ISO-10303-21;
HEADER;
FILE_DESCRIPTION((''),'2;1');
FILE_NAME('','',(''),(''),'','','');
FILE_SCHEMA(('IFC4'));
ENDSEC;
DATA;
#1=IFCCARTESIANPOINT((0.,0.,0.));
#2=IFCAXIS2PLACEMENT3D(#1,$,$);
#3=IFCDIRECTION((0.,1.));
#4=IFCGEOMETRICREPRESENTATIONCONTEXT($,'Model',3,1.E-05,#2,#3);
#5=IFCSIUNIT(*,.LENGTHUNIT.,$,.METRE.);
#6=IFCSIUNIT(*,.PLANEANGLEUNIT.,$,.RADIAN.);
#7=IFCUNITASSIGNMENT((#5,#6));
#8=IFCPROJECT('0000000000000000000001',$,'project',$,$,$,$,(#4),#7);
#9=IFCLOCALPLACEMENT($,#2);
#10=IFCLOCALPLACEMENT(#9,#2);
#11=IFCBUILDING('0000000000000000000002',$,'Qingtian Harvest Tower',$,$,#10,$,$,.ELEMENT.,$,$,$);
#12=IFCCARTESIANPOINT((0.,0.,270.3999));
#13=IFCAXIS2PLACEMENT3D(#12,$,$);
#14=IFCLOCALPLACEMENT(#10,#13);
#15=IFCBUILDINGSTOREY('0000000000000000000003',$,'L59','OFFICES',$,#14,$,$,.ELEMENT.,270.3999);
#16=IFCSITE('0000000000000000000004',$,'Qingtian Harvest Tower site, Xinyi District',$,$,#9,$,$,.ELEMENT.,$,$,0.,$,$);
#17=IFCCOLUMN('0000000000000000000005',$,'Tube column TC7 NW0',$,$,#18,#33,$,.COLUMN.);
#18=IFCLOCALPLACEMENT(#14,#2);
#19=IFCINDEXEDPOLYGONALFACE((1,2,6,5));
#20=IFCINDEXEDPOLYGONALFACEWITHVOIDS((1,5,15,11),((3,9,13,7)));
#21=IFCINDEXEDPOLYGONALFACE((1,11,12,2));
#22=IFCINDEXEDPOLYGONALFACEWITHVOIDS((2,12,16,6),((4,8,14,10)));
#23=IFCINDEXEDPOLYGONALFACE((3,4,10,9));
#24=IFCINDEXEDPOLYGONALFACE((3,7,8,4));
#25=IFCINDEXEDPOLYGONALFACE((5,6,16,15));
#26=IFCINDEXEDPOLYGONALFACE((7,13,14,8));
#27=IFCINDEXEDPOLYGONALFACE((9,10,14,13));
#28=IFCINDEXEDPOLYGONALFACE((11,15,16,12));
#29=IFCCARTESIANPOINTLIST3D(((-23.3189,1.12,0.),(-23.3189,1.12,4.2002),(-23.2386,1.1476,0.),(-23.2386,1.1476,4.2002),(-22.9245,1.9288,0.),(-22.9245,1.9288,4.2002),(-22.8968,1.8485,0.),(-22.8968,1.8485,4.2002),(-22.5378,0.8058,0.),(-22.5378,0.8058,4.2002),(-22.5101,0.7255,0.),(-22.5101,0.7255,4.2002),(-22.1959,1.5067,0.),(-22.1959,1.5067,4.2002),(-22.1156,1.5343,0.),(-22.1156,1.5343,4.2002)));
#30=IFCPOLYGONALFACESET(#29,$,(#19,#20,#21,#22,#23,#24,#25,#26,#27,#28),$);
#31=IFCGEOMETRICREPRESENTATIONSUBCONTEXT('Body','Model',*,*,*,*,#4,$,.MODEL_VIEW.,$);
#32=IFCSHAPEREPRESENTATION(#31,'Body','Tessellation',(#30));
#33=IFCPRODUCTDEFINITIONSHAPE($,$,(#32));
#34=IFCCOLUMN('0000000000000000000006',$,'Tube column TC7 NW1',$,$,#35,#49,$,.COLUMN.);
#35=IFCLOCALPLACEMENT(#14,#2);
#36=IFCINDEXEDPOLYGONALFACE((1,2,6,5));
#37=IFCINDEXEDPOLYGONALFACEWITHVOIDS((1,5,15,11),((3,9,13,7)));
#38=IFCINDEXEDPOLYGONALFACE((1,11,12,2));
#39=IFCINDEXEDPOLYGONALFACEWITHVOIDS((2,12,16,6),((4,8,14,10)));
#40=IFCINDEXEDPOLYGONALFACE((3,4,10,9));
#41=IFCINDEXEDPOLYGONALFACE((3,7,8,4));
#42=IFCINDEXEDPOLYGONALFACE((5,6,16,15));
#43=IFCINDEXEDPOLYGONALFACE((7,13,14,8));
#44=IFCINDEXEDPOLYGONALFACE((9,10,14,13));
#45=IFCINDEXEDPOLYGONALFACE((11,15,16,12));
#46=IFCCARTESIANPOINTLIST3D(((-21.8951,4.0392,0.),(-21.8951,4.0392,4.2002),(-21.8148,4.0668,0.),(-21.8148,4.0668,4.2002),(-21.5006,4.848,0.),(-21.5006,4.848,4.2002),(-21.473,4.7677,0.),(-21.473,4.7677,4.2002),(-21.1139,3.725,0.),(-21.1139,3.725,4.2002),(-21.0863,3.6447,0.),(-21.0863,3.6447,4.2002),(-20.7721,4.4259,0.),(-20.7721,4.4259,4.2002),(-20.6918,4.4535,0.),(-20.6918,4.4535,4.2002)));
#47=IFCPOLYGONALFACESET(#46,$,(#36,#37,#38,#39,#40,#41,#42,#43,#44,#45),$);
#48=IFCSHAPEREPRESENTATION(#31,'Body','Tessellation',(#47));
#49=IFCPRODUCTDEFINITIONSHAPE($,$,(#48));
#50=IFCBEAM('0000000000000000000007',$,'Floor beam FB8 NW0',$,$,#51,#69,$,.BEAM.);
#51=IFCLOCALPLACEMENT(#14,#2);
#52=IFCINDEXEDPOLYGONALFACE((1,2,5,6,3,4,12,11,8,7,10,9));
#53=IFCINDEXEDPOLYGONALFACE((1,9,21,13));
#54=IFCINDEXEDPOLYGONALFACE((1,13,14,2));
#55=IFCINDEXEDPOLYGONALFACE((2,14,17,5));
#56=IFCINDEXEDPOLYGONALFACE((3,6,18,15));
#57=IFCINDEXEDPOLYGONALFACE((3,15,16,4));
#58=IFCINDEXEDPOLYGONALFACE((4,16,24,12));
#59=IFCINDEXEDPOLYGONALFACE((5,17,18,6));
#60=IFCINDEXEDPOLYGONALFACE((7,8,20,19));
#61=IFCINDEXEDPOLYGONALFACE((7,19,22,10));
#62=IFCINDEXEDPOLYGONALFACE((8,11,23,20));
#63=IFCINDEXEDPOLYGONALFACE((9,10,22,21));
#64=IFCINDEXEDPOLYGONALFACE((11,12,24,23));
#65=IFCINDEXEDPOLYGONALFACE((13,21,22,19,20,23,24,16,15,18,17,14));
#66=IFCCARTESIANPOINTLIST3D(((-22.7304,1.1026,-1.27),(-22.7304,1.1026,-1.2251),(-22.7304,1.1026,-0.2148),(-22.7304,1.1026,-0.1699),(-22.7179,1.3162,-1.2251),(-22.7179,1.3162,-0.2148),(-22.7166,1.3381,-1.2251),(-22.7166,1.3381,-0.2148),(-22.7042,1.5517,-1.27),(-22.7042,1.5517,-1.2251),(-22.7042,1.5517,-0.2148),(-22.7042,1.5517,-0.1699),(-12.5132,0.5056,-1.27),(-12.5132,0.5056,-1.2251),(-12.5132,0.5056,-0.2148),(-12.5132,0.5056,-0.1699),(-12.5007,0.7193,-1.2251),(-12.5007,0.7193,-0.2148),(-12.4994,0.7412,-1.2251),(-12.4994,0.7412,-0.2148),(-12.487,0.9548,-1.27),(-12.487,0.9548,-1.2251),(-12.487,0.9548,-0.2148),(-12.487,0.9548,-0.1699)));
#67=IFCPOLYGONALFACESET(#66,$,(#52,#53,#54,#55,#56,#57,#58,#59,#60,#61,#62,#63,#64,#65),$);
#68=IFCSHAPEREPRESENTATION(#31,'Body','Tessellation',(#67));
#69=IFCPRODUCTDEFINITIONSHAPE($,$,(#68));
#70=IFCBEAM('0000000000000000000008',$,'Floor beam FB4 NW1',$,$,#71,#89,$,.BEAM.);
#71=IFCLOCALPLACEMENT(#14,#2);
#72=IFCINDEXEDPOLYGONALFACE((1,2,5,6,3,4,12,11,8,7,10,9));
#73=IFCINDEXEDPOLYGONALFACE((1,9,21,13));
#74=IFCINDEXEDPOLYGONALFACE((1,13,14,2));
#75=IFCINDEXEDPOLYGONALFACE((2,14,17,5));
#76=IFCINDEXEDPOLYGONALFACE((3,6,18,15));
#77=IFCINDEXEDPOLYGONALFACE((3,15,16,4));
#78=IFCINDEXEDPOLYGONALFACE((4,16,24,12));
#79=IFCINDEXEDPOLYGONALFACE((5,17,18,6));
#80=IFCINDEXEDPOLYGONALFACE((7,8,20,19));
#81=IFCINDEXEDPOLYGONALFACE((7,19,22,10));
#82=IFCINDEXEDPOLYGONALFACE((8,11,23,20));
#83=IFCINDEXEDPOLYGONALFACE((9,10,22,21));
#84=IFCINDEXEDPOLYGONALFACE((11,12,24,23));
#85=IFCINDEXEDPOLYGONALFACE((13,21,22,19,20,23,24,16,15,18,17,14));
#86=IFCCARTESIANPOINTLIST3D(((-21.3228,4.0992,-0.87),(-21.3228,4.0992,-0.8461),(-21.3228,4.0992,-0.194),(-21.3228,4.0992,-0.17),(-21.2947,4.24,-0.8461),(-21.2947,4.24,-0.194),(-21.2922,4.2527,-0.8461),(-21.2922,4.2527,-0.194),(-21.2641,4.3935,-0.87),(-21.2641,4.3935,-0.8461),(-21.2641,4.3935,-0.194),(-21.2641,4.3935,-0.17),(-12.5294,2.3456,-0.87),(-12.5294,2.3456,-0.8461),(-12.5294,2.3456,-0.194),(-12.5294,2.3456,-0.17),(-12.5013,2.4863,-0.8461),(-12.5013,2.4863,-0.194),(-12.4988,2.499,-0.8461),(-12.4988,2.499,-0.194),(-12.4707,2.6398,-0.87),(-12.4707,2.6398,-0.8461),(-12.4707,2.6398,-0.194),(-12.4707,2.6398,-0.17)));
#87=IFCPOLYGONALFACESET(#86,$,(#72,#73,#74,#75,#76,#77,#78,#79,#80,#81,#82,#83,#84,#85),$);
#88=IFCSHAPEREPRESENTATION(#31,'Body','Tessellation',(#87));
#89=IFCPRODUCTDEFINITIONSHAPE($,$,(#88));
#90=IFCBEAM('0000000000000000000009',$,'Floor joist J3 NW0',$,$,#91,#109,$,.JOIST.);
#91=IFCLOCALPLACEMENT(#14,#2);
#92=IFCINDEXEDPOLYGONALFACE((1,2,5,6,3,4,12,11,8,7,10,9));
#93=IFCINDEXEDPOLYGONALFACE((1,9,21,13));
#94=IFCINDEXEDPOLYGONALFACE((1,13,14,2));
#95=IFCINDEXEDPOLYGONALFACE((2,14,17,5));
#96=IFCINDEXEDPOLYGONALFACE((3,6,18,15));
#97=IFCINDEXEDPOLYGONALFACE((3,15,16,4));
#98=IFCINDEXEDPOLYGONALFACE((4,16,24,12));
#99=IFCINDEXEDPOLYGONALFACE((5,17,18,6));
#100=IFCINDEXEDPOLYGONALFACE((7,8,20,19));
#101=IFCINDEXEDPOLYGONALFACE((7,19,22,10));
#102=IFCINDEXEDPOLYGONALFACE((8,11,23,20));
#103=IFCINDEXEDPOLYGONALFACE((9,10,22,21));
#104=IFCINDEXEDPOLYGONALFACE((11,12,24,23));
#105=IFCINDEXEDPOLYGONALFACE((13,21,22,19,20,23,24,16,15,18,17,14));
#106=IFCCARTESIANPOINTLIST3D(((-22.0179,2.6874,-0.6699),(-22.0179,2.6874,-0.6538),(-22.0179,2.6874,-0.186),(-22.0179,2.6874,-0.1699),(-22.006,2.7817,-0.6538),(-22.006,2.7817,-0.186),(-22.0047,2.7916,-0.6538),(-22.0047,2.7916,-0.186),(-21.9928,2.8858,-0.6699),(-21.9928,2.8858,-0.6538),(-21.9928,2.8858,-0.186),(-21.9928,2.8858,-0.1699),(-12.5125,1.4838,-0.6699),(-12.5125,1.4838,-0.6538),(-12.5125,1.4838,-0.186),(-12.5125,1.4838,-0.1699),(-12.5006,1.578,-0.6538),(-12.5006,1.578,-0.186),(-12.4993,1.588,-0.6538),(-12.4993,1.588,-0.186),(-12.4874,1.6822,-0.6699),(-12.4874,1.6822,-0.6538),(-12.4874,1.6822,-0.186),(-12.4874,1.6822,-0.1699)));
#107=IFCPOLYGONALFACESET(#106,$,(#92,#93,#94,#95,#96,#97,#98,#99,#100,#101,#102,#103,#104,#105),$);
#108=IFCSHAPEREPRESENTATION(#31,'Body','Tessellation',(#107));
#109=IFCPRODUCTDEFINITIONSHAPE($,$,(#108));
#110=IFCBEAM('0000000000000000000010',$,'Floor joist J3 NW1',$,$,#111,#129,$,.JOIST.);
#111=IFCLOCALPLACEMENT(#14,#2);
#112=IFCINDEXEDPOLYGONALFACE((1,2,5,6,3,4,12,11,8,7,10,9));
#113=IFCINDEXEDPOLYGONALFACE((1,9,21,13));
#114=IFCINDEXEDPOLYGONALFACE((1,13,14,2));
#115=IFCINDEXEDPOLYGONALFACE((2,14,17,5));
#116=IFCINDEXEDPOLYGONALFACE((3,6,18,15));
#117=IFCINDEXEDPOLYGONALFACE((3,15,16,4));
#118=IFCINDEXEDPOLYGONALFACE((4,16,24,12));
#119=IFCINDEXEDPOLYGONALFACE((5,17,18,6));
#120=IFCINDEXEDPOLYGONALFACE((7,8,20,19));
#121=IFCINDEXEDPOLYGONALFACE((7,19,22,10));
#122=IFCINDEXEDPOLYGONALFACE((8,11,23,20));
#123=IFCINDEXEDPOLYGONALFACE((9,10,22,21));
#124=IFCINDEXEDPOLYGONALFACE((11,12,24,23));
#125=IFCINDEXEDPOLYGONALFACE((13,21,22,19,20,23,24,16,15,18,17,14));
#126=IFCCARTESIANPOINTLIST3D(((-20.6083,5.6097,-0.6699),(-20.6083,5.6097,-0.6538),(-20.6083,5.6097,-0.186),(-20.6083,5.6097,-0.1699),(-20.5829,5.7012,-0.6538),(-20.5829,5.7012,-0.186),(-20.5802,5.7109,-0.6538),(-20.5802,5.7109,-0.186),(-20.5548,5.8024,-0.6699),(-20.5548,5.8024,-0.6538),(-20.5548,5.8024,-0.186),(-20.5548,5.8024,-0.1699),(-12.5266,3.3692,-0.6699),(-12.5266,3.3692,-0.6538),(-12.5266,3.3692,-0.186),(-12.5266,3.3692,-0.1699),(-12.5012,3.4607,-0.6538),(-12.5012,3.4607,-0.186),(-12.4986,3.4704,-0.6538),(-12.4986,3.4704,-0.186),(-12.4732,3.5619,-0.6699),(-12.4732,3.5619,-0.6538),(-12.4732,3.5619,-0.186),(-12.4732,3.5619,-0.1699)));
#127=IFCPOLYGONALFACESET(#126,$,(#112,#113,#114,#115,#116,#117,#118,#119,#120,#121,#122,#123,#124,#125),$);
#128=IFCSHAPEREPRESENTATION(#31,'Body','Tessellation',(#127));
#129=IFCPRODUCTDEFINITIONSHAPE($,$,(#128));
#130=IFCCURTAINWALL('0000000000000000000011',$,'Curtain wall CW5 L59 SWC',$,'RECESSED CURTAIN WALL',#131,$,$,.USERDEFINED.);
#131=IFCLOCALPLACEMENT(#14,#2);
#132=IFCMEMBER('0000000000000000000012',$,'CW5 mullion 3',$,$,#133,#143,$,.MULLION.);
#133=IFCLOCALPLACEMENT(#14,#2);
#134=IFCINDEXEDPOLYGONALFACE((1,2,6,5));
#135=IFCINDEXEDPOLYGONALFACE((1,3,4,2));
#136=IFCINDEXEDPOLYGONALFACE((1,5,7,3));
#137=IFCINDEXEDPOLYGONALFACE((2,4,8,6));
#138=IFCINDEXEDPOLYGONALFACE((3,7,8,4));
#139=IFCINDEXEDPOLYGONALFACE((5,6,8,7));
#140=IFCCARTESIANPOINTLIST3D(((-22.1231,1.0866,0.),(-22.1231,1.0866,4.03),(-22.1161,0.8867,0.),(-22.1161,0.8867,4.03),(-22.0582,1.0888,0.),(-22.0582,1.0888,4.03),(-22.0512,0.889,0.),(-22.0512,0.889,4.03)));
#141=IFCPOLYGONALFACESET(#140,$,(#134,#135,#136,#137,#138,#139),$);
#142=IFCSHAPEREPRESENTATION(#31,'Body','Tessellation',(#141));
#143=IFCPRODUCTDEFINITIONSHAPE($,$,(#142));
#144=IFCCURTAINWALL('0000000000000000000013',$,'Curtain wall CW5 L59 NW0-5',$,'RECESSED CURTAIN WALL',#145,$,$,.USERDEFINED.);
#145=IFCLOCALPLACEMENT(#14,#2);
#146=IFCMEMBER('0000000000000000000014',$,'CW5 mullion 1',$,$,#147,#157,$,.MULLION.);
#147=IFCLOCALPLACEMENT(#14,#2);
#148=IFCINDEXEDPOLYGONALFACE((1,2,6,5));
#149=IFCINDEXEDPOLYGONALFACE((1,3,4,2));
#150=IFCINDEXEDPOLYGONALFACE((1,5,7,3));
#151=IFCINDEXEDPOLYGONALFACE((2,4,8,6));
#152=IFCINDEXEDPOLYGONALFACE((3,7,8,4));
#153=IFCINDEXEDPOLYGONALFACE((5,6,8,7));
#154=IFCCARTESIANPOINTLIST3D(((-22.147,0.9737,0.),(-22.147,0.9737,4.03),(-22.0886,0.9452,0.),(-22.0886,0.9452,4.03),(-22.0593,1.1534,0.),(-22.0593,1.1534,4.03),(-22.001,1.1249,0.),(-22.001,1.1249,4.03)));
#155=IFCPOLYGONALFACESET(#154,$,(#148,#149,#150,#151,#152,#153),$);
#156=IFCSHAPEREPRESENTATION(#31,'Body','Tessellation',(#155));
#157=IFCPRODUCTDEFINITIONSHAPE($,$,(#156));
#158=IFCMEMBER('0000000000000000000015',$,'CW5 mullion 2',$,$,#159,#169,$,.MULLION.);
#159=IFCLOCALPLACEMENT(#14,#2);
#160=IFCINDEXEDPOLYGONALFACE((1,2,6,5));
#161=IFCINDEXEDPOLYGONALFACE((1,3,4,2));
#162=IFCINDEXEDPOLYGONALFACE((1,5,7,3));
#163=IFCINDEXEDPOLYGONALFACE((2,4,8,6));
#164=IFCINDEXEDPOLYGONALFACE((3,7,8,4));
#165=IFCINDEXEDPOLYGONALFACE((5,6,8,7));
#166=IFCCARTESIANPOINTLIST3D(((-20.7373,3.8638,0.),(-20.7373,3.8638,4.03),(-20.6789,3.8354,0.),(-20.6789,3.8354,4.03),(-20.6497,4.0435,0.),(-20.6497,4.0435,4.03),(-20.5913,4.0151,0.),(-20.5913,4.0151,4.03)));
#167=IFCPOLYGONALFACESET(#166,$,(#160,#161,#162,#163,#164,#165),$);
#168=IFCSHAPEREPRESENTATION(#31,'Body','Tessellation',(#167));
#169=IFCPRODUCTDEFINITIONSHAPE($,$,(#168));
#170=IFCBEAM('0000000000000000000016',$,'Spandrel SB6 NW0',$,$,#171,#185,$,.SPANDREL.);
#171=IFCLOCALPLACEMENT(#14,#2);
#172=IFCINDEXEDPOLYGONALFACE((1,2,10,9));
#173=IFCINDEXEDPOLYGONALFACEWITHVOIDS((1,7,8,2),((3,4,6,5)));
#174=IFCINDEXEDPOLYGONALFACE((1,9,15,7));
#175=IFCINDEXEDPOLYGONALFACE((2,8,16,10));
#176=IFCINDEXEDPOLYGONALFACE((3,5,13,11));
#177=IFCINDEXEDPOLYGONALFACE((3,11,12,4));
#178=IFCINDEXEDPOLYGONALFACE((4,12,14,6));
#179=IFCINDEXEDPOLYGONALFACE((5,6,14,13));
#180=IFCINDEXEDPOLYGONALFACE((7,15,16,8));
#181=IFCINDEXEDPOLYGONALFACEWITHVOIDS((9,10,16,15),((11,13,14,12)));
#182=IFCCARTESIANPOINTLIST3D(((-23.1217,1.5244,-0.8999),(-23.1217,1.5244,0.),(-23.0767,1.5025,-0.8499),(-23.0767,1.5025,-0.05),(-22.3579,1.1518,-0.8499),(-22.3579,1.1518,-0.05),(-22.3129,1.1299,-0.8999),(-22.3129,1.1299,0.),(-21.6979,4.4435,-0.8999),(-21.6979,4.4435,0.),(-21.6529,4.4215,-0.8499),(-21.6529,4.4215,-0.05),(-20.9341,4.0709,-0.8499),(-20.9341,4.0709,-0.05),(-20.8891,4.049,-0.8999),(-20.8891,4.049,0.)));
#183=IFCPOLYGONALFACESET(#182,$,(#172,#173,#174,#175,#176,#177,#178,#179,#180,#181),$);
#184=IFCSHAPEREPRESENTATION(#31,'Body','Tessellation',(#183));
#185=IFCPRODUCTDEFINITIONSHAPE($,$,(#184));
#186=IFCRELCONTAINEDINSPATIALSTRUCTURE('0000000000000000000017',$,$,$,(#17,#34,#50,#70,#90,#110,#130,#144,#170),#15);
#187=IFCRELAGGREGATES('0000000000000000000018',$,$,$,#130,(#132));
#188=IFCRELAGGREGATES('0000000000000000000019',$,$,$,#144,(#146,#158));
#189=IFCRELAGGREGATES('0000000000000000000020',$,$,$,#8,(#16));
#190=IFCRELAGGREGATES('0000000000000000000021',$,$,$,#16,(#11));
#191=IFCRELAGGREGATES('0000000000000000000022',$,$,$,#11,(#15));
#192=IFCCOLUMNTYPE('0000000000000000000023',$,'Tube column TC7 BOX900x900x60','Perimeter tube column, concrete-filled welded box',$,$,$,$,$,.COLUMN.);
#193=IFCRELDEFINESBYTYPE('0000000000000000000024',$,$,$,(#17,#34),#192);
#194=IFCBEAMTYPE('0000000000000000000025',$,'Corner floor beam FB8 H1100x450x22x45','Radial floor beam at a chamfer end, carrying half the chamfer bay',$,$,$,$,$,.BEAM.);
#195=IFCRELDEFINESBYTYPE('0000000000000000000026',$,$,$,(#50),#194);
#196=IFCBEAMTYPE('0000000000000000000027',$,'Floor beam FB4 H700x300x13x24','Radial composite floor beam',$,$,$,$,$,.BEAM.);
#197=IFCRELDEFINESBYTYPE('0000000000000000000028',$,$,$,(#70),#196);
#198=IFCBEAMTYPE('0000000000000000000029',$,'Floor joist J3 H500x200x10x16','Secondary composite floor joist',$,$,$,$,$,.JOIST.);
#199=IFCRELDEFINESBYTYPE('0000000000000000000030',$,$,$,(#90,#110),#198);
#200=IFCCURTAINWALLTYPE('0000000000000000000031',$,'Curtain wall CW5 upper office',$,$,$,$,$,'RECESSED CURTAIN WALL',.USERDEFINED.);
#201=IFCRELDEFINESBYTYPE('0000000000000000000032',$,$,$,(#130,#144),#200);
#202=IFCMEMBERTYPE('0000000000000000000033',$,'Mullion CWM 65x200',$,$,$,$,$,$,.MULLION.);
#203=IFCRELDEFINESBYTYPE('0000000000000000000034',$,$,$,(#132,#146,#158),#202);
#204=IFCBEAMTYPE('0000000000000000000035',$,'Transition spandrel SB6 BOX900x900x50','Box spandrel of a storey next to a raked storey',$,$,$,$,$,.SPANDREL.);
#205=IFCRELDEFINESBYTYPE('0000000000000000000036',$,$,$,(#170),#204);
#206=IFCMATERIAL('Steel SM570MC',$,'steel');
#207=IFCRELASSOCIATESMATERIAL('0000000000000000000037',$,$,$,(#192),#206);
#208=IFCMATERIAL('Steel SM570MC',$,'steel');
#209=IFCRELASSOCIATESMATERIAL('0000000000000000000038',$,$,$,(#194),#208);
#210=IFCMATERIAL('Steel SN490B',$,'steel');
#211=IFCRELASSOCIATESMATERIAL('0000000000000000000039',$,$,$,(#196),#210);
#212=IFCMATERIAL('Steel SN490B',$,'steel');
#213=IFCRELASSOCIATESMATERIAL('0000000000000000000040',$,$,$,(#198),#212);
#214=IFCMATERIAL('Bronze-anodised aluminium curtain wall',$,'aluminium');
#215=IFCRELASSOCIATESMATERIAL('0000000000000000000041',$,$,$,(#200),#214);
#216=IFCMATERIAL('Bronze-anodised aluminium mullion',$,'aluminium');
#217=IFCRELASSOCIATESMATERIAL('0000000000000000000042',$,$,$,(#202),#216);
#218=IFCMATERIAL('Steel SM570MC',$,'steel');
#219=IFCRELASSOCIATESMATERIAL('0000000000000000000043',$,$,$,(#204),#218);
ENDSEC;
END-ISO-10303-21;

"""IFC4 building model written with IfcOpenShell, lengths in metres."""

from ifc_helpers import new_model, si_unit, direction, frame, origin, origin_2d, place, context, subcontext, project, spatial, rectangle, hollow_rectangle, i_section, extrude, material, material_profile, profile_set, type_object, element, aggregate, save


model = new_model("IFC4")

# Units and contexts
model_context = context("Model", 3, precision=1e-05, world=origin(), true_north=direction((0.0, 1.0)))
body_context = subcontext(model_context, "Body", "Model", "MODEL_VIEW")
ifc_project = project(units=[si_unit("LENGTHUNIT", "METRE"), si_unit("PLANEANGLEUNIT", "RADIAN")], contexts=[model_context])

# Site, building, storey
site_placement = place(None, origin())
site = spatial("IfcSite", under=ifc_project, at=site_placement, Name="Qingtian Harvest Tower site, Xinyi District", CompositionType="ELEMENT", RefElevation=0.0)
building_placement = place(site_placement, origin())
building = spatial("IfcBuilding", under=site, at=building_placement, Name="Qingtian Harvest Tower", CompositionType="ELEMENT")
storey_placement = place(building_placement, frame((0.0, 0.0, 270.3999)))
storey = spatial("IfcBuildingStorey", under=building, at=storey_placement, Name="L59", Description="OFFICES", CompositionType="ELEMENT", Elevation=270.3999)

# Columns
ifc_material_1 = material(Name="Steel SM570MC", Category="steel")
ifc_material_profile_1 = material_profile(ifc_material_1, hollow_rectangle(XDim=0.8999, YDim=0.8999, WallThickness=0.0601, at=origin_2d()), Name="BOX900x900x60")
ifc_profile_set_1 = profile_set([ifc_material_profile_1], Name="Steel SM570MC")
column_type = type_object("IfcColumnType", Name="Tube column TC7 BOX900x900x60", Description="Perimeter tube column, concrete-filled welded box", PredefinedType="COLUMN", material=ifc_profile_set_1)
for number, where, z_axis, x_axis, name in (
    (1, (-22.7173, 1.3271, 0.0), (0.0, 0.0, 1.0), (-0.438371, -0.898794, 0.0), "Tube column TC7 NW0"),
    (2, (-21.2935, 4.2463, 0.0), (0.0, 0.0, 1.0), (-0.438371, -0.898794, 0.0), "Tube column TC7 NW1"),
):
    element("IfcColumn", number, at=place(storey_placement, frame(where, z_axis=z_axis, x_axis=x_axis)), inside=storey, type_object=column_type, Name=name, PredefinedType="COLUMN", context=body_context, shape_type="SweptSolid", body=[
        extrude(hollow_rectangle(XDim=0.8999, YDim=0.8999, WallThickness=0.0601, at=origin_2d()), origin(), (0.0, 0.0, 1.0), 4.2002),
    ])

# Beams
ifc_material_2 = material(Name="Steel SM570MC", Category="steel")
ifc_material_profile_2 = material_profile(ifc_material_2, i_section(OverallWidth=0.45, OverallDepth=1.1001, WebThickness=0.022, FlangeThickness=0.0449, at=origin_2d()), Name="H1100x450x22x45")
ifc_profile_set_2 = profile_set([ifc_material_profile_2], Name="Steel SM570MC")
beam_type_1 = type_object("IfcBeamType", Name="Corner floor beam FB8 H1100x450x22x45", Description="Radial floor beam at a chamfer end, carrying half the chamfer bay", PredefinedType="BEAM", material=ifc_profile_set_2)
beam_1_placement = place(storey_placement, frame((-22.7173, 1.3271, -0.72), z_axis=(0.998298, -0.058323, 0.0), x_axis=(0.058323, 0.998298, 0.0)))
element("IfcBeam", 3, at=beam_1_placement, inside=storey, type_object=beam_type_1, Name="Floor beam FB8 NW0", PredefinedType="BEAM", context=body_context, shape_type="SweptSolid", body=[
    extrude(i_section(OverallWidth=0.45, OverallDepth=1.1001, WebThickness=0.022, FlangeThickness=0.0449, at=origin_2d()), origin(), (0.0, 0.0, 1.0), 10.2346),
])
ifc_material_3 = material(Name="Steel SN490B", Category="steel")
ifc_material_profile_3 = material_profile(ifc_material_3, i_section(OverallWidth=0.3, OverallDepth=0.7, WebThickness=0.0129, FlangeThickness=0.0239, at=origin_2d()), Name="H700x300x13x24")
ifc_profile_set_3 = profile_set([ifc_material_profile_3], Name="Steel SN490B")
beam_type_2 = type_object("IfcBeamType", Name="Floor beam FB4 H700x300x13x24", Description="Radial composite floor beam", PredefinedType="BEAM", material=ifc_profile_set_3)
beam_2_placement = place(storey_placement, frame((-21.2935, 4.2463, -0.52), z_axis=(0.980688, -0.195577, 0.0), x_axis=(0.195577, 0.980688, 0.0)))
element("IfcBeam", 4, at=beam_2_placement, inside=storey, type_object=beam_type_2, Name="Floor beam FB4 NW1", PredefinedType="BEAM", context=body_context, shape_type="SweptSolid", body=[
    extrude(i_section(OverallWidth=0.3, OverallDepth=0.7, WebThickness=0.0129, FlangeThickness=0.0239, at=origin_2d()), origin(), (0.0, 0.0, 1.0), 8.9666),
])
ifc_material_4 = material(Name="Steel SN490B", Category="steel")
ifc_material_profile_4 = material_profile(ifc_material_4, i_section(OverallWidth=0.2, OverallDepth=0.5, WebThickness=0.01, FlangeThickness=0.0161, at=origin_2d()), Name="H500x200x10x16")
ifc_profile_set_4 = profile_set([ifc_material_profile_4], Name="Steel SN490B")
beam_type_3 = type_object("IfcBeamType", Name="Floor joist J3 H500x200x10x16", Description="Secondary composite floor joist", PredefinedType="JOIST", material=ifc_profile_set_4)
beam_3_placement = place(storey_placement, frame((-22.0054, 2.7866, -0.4199), z_axis=(0.992078, -0.125621, 0.0), x_axis=(0.125621, 0.992078, 0.0)))
element("IfcBeam", 5, at=beam_3_placement, inside=storey, type_object=beam_type_3, Name="Floor joist J3 NW0", PredefinedType="JOIST", context=body_context, shape_type="SweptSolid", body=[
    extrude(i_section(OverallWidth=0.2, OverallDepth=0.5, WebThickness=0.01, FlangeThickness=0.0161, at=origin_2d()), origin(), (0.0, 0.0, 1.0), 9.5813),
])
beam_4_placement = place(storey_placement, frame((-20.5815, 5.7061, -0.4199), z_axis=(0.963653, -0.267157, 0.0), x_axis=(0.267157, 0.963653, 0.0)))
element("IfcBeam", 6, at=beam_4_placement, inside=storey, type_object=beam_type_3, Name="Floor joist J3 NW1", PredefinedType="JOIST", context=body_context, shape_type="SweptSolid", body=[
    extrude(i_section(OverallWidth=0.2, OverallDepth=0.5, WebThickness=0.01, FlangeThickness=0.0161, at=origin_2d()), origin(), (0.0, 0.0, 1.0), 8.3865),
])

# Curtain wall, member
ifc_material_5 = material(Name="Bronze-anodised aluminium curtain wall", Category="aluminium")
curtain_wall_type = type_object("IfcCurtainWallType", Name="Curtain wall CW5 upper office", ElementType="RECESSED CURTAIN WALL", PredefinedType="USERDEFINED", material=ifc_material_5)
curtain_wall_1_placement = place(storey_placement, origin())
curtain_wall_1 = element("IfcCurtainWall", 7, at=curtain_wall_1_placement, inside=storey, type_object=curtain_wall_type, Name="Curtain wall CW5 L59 SWC", ObjectType="RECESSED CURTAIN WALL", PredefinedType="USERDEFINED")
ifc_material_6 = material(Name="Bronze-anodised aluminium mullion", Category="aluminium")
ifc_material_profile_5 = material_profile(ifc_material_6, rectangle(XDim=0.0649, YDim=0.2, at=origin_2d()), Name="AL 65x200")
ifc_profile_set_5 = profile_set([ifc_material_profile_5], Name="Bronze-anodised aluminium mullion")
member_type_1 = type_object("IfcMemberType", Name="Mullion CWM 65x200", PredefinedType="MULLION", material=ifc_profile_set_5)
member_1_placement = place(storey_placement, frame((-22.0872, 0.9878, 0.0), z_axis=(0.0, 0.0, 1.0), x_axis=(-0.999391, -0.034899, 0.0)))
member_1 = element("IfcMember", 8, at=member_1_placement, type_object=member_type_1, Name="CW5 mullion 3", PredefinedType="MULLION", context=body_context, shape_type="SweptSolid", body=[
    extrude(rectangle(XDim=0.0649, YDim=0.2, at=origin_2d()), origin(), (0.0, 0.0, 1.0), 4.03),
])

# Curtain wall, members
curtain_wall_2_placement = place(storey_placement, origin())
curtain_wall_2 = element("IfcCurtainWall", 9, at=curtain_wall_2_placement, inside=storey, type_object=curtain_wall_type, Name="Curtain wall CW5 L59 NW0-5", ObjectType="RECESSED CURTAIN WALL", PredefinedType="USERDEFINED")
member_2_placement = place(storey_placement, frame((-22.074, 1.0493, 0.0), z_axis=(0.0, 0.0, 1.0), x_axis=(-0.898794, 0.438371, 0.0)))
member_2 = element("IfcMember", 10, at=member_2_placement, type_object=member_type_1, Name="CW5 mullion 1", PredefinedType="MULLION", context=body_context, shape_type="SweptSolid", body=[
    extrude(rectangle(XDim=0.0649, YDim=0.2, at=origin_2d()), origin(), (0.0, 0.0, 1.0), 4.03),
])
member_3_placement = place(storey_placement, frame((-20.6643, 3.9395, 0.0), z_axis=(0.0, 0.0, 1.0), x_axis=(-0.898794, 0.438371, 0.0)))
member_3 = element("IfcMember", 11, at=member_3_placement, type_object=member_type_1, Name="CW5 mullion 2", PredefinedType="MULLION", context=body_context, shape_type="SweptSolid", body=[
    extrude(rectangle(XDim=0.0649, YDim=0.2, at=origin_2d()), origin(), (0.0, 0.0, 1.0), 4.03),
])

# Beam
ifc_material_7 = material(Name="Steel SM570MC", Category="steel")
ifc_material_profile_6 = material_profile(ifc_material_7, hollow_rectangle(XDim=0.8999, YDim=0.8999, WallThickness=0.05, at=origin_2d()), Name="BOX900x900x50")
ifc_profile_set_6 = profile_set([ifc_material_profile_6], Name="Steel SM570MC")
beam_type_4 = type_object("IfcBeamType", Name="Transition spandrel SB6 BOX900x900x50", Description="Box spandrel of a storey next to a raked storey", PredefinedType="SPANDREL", material=ifc_profile_set_6)
beam_5_placement = place(storey_placement, frame((-22.7173, 1.3271, -0.45), z_axis=(0.438382, 0.898789, 0.0), x_axis=(-0.898789, 0.438382, 0.0)))
element("IfcBeam", 12, at=beam_5_placement, inside=storey, type_object=beam_type_4, Name="Spandrel SB6 NW0", PredefinedType="SPANDREL", context=body_context, shape_type="SweptSolid", body=[
    extrude(hollow_rectangle(XDim=0.8999, YDim=0.8999, WallThickness=0.05, at=origin_2d()), origin(), (0.0, 0.0, 1.0), 3.2478),
])

aggregate(curtain_wall_1, [member_1])
aggregate(curtain_wall_2, [member_2, member_3])

save(model, "model.ifc")
